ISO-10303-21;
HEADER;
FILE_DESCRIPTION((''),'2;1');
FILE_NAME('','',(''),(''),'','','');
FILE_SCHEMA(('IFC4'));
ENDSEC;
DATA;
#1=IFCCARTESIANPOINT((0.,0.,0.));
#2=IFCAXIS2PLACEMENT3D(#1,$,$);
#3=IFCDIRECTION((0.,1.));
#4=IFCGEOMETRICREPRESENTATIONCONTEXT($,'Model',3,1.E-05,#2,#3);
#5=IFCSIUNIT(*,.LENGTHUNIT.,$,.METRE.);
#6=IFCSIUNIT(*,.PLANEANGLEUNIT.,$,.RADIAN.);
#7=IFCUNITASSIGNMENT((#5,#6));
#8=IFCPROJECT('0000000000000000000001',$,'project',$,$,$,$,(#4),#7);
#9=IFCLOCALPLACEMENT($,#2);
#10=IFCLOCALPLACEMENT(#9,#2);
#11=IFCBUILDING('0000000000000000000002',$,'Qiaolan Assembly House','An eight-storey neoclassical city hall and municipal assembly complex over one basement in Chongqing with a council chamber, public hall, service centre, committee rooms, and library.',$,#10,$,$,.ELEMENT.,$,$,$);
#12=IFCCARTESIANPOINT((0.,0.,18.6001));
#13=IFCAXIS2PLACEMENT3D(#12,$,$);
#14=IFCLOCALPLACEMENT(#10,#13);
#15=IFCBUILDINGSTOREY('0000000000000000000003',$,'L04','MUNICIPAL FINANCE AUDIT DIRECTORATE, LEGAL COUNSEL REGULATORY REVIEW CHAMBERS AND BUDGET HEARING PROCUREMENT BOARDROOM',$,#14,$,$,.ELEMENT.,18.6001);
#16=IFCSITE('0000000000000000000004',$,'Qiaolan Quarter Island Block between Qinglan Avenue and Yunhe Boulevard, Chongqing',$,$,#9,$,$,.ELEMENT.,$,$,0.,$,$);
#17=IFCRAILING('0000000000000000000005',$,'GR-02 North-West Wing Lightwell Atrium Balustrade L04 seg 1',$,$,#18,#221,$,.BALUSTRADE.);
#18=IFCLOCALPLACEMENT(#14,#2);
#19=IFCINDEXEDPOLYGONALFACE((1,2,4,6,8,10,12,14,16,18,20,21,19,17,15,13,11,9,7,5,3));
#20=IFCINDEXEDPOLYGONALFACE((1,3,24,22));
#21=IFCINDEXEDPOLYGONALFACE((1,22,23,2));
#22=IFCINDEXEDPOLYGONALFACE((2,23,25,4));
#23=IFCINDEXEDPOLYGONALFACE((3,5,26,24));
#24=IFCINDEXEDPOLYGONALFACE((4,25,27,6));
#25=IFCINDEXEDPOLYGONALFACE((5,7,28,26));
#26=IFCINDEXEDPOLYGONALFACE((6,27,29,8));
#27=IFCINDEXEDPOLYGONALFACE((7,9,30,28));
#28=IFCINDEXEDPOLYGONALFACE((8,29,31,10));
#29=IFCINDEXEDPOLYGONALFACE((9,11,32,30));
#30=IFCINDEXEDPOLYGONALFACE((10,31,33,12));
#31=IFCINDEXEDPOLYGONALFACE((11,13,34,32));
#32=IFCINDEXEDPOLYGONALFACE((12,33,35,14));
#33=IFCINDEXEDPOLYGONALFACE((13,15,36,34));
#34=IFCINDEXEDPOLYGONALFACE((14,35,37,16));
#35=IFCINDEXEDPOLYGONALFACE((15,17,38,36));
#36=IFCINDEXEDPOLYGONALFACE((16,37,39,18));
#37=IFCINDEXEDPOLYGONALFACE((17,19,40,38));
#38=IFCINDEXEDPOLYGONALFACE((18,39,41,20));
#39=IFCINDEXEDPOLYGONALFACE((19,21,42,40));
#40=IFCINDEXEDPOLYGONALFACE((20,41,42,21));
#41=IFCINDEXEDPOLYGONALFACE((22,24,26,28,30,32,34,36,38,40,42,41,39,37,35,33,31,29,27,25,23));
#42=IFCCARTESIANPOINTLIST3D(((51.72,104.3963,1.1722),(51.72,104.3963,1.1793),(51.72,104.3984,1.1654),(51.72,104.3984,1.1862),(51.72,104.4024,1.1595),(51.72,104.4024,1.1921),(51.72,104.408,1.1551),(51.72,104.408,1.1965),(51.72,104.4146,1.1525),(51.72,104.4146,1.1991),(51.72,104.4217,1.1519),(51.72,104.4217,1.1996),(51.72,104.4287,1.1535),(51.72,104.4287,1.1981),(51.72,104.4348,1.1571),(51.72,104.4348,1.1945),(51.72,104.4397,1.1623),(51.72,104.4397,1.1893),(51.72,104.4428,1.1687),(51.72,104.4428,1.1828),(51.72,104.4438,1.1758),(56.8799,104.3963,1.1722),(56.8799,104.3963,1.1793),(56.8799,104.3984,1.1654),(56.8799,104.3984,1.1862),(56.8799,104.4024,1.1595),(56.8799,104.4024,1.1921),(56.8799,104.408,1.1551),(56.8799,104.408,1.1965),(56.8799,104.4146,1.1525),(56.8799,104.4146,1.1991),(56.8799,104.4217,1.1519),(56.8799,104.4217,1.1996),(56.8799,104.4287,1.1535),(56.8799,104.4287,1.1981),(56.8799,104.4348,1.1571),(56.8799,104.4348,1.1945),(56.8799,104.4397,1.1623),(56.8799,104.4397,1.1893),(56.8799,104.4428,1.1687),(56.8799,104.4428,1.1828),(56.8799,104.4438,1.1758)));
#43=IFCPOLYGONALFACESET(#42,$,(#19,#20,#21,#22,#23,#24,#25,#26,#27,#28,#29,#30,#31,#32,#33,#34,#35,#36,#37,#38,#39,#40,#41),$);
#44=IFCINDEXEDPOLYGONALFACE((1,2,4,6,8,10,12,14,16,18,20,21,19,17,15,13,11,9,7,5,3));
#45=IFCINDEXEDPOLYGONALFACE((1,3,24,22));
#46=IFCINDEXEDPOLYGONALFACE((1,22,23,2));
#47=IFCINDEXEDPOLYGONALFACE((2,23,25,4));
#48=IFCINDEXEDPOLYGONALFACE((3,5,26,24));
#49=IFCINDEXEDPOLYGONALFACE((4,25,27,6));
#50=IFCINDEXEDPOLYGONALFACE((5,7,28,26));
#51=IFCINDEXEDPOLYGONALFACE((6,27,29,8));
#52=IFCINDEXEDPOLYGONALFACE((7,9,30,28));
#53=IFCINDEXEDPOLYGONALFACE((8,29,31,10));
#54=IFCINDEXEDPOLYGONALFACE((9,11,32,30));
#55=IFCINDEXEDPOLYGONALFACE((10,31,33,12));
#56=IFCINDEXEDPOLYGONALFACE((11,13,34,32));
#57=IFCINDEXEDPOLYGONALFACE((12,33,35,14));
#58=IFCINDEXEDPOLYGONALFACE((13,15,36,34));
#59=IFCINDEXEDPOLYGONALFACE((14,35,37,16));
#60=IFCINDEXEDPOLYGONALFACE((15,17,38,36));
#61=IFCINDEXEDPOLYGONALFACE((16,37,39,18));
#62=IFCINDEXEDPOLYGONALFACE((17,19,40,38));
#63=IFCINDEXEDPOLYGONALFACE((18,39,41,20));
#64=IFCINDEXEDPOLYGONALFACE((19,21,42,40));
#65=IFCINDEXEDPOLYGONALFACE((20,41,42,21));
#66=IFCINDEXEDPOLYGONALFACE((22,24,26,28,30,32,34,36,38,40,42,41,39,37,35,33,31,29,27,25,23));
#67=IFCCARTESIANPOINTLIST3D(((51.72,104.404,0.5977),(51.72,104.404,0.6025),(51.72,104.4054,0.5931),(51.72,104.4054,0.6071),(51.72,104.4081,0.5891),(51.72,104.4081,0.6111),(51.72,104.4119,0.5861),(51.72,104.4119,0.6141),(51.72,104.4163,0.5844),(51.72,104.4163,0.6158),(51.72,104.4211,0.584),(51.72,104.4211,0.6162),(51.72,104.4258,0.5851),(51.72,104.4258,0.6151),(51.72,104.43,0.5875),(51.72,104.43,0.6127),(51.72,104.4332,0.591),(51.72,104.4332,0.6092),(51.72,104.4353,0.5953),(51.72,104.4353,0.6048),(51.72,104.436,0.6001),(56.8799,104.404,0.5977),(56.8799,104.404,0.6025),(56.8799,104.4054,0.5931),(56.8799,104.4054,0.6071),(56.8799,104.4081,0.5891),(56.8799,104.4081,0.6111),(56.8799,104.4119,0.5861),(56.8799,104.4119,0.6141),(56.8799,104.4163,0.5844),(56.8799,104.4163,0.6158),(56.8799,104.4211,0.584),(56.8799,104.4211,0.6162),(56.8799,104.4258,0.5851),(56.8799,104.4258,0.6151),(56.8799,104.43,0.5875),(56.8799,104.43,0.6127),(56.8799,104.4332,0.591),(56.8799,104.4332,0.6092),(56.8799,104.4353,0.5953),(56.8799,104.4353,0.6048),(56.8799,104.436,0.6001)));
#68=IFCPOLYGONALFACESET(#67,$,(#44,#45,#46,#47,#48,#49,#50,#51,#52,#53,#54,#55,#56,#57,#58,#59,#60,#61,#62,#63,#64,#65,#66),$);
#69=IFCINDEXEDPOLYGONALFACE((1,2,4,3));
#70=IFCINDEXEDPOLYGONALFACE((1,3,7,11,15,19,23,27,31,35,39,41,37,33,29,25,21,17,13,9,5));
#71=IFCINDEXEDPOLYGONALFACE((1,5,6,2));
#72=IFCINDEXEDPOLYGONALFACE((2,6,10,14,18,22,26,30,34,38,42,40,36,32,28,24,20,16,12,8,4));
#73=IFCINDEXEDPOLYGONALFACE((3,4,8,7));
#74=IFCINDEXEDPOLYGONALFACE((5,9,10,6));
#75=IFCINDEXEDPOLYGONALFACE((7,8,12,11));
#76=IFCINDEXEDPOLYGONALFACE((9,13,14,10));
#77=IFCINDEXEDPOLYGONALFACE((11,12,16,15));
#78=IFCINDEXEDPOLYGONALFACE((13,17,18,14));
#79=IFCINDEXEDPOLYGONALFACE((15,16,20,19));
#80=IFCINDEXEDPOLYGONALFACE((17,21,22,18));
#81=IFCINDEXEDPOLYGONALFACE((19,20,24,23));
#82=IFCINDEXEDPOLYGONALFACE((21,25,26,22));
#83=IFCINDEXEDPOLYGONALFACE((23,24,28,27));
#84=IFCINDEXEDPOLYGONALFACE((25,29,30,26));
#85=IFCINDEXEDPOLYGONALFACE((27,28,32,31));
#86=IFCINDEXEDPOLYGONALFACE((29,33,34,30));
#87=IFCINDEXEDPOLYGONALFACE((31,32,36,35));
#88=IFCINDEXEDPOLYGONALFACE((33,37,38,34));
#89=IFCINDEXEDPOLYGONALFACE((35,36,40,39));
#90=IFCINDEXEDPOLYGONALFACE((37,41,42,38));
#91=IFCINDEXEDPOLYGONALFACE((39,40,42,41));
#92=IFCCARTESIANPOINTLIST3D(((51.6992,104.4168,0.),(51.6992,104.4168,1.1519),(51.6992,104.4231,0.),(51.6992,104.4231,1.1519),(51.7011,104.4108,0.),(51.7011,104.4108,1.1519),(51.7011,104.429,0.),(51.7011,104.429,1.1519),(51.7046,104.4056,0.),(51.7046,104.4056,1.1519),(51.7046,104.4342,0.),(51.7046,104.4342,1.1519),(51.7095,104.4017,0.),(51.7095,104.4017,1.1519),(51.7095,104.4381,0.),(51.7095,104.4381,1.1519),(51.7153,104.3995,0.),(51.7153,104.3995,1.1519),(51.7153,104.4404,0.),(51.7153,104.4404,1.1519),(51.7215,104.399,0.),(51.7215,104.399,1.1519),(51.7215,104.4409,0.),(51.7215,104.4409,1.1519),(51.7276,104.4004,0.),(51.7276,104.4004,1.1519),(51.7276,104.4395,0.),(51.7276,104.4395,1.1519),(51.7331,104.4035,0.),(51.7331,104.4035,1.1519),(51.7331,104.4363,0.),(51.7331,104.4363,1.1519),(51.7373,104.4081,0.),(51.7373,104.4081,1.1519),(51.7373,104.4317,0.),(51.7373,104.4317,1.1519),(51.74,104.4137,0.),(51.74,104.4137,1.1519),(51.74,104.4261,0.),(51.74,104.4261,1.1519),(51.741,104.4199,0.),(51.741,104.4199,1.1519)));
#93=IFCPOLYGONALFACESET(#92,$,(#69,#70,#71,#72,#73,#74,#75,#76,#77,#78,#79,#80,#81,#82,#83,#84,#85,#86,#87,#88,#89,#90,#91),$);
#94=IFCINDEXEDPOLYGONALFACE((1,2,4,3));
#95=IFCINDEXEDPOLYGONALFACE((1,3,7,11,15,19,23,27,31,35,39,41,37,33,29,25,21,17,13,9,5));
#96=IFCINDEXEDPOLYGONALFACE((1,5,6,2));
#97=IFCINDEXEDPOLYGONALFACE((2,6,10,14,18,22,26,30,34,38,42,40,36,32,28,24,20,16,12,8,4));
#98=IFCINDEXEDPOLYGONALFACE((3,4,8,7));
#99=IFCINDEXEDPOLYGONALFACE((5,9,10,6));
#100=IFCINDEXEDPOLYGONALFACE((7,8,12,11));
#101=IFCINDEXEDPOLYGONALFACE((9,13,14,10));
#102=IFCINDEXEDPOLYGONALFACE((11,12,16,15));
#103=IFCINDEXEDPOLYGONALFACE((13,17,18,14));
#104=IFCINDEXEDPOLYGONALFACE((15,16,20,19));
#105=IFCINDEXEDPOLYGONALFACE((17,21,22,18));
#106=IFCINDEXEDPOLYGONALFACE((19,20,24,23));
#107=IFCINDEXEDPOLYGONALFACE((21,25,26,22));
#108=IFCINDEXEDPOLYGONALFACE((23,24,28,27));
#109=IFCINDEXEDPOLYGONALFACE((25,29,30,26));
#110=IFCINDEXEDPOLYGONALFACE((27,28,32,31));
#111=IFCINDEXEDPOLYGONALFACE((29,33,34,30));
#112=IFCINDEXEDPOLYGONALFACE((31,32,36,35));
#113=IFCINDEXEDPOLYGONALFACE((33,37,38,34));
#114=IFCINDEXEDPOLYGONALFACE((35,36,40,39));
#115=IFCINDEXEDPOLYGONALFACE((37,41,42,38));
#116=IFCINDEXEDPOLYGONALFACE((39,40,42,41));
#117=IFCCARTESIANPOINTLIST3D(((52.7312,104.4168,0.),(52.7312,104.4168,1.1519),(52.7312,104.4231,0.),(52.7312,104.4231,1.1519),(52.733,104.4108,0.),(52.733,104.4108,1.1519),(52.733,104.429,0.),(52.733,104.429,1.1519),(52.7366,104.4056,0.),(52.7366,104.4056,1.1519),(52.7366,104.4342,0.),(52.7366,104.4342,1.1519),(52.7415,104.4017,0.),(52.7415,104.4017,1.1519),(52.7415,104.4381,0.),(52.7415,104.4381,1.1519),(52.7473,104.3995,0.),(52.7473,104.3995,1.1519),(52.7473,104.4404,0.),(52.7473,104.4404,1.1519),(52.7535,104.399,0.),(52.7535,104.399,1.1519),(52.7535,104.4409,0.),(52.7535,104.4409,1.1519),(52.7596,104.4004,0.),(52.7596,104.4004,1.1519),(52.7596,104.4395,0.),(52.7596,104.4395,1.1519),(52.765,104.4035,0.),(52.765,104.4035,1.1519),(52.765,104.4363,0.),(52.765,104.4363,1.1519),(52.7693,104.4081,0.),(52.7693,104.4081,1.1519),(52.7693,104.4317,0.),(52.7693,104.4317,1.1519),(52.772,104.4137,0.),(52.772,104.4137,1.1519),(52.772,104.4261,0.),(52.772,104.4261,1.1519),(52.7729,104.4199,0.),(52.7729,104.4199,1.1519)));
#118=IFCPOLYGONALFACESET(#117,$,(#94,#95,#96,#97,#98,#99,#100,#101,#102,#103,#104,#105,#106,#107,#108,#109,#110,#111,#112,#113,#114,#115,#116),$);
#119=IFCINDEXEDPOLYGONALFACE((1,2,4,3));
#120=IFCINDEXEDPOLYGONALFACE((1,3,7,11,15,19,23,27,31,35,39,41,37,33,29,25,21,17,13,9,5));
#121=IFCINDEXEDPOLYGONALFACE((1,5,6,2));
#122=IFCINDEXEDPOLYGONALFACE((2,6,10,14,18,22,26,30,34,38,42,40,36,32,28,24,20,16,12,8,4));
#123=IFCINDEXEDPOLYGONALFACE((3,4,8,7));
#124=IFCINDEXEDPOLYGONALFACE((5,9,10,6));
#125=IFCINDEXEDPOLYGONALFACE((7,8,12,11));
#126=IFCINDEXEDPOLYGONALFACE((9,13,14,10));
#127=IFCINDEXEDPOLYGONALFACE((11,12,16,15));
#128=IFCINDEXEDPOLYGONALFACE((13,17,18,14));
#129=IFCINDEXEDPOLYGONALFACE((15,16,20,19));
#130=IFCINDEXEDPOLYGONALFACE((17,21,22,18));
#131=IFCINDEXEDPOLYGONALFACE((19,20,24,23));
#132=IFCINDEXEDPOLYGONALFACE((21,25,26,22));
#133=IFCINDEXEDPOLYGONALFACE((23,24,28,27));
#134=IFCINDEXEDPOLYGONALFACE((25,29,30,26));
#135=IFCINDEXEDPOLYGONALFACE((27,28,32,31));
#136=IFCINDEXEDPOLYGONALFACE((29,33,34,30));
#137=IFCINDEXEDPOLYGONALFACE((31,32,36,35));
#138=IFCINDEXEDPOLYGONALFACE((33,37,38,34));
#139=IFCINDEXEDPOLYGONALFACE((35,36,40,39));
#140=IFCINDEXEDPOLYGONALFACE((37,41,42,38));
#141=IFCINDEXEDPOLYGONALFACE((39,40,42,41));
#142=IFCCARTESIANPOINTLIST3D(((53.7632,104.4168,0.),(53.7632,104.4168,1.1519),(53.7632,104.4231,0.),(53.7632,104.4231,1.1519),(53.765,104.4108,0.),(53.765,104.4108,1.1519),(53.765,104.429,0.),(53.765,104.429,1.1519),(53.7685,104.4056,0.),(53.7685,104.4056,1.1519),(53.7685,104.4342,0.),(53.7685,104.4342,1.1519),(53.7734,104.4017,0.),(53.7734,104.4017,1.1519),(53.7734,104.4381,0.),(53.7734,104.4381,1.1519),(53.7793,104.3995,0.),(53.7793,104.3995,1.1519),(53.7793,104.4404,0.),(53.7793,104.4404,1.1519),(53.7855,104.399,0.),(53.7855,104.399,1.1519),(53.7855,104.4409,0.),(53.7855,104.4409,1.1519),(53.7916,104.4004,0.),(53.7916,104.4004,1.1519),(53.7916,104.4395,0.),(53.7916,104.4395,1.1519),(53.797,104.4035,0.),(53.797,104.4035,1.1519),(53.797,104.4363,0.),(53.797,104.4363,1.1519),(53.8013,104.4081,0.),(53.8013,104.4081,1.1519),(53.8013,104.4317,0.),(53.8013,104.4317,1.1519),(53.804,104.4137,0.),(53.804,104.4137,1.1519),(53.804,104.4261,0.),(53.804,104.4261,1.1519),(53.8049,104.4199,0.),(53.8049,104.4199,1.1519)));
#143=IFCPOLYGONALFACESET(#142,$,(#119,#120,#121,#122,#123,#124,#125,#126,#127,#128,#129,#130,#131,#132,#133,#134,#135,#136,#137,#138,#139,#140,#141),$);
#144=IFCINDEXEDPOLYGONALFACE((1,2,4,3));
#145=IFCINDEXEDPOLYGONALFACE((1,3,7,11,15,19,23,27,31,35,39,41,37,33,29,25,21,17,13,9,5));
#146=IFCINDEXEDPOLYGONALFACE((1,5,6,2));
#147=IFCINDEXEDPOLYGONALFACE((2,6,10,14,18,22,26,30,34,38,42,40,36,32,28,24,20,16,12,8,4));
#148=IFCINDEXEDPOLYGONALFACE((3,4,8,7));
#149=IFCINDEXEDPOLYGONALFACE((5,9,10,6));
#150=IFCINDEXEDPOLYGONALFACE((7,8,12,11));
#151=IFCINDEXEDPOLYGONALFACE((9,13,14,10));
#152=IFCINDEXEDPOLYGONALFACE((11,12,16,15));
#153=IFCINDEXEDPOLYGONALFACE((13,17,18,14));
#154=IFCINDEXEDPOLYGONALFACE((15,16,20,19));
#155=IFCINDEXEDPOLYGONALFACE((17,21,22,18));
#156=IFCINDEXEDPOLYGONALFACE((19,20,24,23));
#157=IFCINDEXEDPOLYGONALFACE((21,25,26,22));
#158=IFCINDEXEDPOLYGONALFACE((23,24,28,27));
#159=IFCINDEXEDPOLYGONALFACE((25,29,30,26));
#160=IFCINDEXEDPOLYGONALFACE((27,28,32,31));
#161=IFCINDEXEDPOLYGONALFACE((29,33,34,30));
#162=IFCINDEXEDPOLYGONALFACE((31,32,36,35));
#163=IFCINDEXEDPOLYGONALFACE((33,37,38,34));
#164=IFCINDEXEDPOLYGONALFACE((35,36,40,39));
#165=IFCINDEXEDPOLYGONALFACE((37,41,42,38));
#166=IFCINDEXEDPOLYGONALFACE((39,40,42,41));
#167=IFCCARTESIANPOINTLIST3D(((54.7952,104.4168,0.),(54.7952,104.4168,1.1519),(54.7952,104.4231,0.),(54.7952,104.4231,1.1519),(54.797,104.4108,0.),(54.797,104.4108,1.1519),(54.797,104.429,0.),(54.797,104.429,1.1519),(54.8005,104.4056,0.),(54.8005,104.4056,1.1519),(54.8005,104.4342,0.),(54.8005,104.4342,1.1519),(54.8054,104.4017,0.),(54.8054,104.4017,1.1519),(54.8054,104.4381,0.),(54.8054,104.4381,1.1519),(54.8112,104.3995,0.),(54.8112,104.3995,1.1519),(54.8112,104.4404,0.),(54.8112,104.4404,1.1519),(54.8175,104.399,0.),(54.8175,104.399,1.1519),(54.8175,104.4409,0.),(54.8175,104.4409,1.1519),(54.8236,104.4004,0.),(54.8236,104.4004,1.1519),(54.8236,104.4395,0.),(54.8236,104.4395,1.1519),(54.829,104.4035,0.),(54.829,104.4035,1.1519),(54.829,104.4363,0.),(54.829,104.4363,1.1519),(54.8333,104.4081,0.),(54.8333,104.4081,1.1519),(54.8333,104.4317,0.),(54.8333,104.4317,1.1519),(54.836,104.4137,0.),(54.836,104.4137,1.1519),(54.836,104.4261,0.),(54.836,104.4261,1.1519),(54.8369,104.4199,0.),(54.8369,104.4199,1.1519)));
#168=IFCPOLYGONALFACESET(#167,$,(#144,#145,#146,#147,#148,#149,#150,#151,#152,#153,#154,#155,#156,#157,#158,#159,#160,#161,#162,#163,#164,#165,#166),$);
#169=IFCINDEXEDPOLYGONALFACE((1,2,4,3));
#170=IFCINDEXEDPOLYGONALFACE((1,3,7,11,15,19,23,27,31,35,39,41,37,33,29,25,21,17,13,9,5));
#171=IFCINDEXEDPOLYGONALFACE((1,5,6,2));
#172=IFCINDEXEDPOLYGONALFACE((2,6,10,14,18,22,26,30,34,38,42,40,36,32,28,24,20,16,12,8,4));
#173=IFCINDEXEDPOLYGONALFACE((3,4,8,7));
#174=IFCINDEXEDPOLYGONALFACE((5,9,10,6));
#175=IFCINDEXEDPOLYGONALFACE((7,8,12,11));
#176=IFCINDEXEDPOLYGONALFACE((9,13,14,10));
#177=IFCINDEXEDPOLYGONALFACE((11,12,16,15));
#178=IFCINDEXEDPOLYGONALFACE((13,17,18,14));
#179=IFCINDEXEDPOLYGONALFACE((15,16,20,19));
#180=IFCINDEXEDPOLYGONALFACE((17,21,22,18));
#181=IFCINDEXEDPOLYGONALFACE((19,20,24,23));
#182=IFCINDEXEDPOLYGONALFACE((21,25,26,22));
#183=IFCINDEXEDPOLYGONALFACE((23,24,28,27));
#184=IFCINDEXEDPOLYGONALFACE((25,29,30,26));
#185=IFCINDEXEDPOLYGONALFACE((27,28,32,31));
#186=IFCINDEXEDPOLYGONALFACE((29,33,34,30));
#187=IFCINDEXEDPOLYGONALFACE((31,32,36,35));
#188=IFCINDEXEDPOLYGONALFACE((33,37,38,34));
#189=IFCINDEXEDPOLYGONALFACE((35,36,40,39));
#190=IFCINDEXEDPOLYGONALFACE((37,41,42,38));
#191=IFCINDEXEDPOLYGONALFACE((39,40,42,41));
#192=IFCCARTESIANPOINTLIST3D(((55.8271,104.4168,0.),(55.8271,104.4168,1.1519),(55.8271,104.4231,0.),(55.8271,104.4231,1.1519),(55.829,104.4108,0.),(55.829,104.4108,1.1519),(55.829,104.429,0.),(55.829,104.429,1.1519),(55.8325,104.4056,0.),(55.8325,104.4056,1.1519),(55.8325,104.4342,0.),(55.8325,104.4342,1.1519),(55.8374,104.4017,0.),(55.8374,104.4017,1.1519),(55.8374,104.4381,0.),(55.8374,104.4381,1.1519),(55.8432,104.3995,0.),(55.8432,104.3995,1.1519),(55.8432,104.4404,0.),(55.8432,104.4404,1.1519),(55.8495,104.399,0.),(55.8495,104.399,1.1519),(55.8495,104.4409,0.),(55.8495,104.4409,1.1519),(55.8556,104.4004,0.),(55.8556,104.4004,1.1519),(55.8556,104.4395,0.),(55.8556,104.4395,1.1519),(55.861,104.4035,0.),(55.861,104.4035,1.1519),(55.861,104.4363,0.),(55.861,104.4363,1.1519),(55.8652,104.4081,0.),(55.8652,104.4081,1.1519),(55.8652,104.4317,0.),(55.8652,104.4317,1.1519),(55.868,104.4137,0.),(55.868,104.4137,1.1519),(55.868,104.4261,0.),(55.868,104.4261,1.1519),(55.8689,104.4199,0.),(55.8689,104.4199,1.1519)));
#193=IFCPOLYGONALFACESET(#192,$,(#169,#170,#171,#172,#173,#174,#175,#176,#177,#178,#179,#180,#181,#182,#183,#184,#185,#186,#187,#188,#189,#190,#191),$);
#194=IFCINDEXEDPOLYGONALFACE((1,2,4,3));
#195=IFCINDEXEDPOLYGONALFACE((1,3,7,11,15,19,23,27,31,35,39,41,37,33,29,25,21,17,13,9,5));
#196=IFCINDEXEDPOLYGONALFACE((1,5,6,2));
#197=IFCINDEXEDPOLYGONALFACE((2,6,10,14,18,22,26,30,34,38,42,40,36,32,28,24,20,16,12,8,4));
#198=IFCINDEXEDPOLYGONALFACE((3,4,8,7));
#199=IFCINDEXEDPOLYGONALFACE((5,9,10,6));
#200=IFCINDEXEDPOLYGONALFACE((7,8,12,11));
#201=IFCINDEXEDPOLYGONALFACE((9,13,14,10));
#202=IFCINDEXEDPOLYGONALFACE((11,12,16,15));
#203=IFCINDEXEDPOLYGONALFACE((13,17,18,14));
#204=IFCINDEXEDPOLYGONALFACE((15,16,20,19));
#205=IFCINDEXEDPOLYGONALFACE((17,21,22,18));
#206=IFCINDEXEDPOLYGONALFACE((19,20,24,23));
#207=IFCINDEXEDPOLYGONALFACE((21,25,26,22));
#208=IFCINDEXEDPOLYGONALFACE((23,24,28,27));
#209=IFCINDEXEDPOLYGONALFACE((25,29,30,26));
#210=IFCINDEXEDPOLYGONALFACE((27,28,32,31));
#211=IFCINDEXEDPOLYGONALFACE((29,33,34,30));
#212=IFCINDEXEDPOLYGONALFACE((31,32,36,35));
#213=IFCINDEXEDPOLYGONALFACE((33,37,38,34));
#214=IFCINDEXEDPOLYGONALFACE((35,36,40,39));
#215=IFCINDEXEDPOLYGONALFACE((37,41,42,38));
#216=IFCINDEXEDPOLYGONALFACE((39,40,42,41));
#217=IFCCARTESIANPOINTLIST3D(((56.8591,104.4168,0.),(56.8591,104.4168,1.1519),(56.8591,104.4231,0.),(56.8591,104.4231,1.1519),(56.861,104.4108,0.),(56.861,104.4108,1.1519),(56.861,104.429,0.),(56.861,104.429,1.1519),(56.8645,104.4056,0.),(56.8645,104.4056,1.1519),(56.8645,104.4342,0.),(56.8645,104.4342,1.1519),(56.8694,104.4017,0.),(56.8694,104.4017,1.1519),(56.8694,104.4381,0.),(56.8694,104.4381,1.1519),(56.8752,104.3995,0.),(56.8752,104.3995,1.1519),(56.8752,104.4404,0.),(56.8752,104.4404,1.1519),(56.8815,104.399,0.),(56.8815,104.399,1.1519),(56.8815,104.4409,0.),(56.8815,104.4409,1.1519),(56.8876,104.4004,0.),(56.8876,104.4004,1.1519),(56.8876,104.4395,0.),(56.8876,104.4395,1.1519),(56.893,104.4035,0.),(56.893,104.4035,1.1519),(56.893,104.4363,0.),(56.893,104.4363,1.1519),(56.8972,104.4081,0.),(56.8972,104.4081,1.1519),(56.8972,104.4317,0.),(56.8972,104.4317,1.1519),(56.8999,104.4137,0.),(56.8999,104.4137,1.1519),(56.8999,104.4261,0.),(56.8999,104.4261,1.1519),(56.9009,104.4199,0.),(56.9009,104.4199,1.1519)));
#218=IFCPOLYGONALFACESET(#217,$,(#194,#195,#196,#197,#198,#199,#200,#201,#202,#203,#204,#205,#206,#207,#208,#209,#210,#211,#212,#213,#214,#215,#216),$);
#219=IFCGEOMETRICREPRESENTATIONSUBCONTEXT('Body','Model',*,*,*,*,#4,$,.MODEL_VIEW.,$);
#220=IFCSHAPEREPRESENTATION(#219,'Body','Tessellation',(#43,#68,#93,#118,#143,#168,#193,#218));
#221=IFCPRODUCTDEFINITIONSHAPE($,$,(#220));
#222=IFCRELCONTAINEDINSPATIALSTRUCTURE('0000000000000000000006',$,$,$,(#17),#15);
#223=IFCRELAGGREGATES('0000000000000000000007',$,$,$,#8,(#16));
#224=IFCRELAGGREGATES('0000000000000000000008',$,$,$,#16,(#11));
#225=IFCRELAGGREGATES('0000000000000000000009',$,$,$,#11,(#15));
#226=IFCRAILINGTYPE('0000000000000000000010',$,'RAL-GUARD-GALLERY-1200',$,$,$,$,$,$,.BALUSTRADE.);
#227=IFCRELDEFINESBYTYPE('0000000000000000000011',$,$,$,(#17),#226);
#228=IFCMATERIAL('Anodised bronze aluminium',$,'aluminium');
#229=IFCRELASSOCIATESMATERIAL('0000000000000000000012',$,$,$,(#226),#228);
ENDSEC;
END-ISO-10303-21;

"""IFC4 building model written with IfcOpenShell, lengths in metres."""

from ifc_helpers import new_model, si_unit, direction, frame, origin, origin_2d, place, context, subcontext, project, spatial, circle, extrude, material, type_object, element, save


model = new_model("IFC4")

# Units and contexts
model_context = context("Model", 3, precision=1e-05, world=origin(), true_north=direction((0.0, 1.0)))
body_context = subcontext(model_context, "Body", "Model", "MODEL_VIEW")
ifc_project = project(units=[si_unit("LENGTHUNIT", "METRE"), si_unit("PLANEANGLEUNIT", "RADIAN")], contexts=[model_context])

# Site, building, storey
site_placement = place(None, origin())
site = spatial("IfcSite", under=ifc_project, at=site_placement, Name="Qiaolan Quarter Island Block between Qinglan Avenue and Yunhe Boulevard, Chongqing", CompositionType="ELEMENT", RefElevation=0.0)
building_placement = place(site_placement, origin())
building = spatial("IfcBuilding", under=site, at=building_placement, Name="Qiaolan Assembly House", Description="An eight-storey neoclassical city hall and municipal assembly complex over one basement in Chongqing with a council chamber, public hall, service centre, committee rooms, and library.", CompositionType="ELEMENT")
storey_placement = place(building_placement, frame((0.0, 0.0, 18.6001)))
storey = spatial("IfcBuildingStorey", under=building, at=storey_placement, Name="L04", Description="MUNICIPAL FINANCE AUDIT DIRECTORATE, LEGAL COUNSEL REGULATORY REVIEW CHAMBERS AND BUDGET HEARING PROCUREMENT BOARDROOM", CompositionType="ELEMENT", Elevation=18.6001)

# Railing
ifc_material_1 = material(Name="Anodised bronze aluminium", Category="aluminium")
railing_type = type_object("IfcRailingType", Name="RAL-GUARD-GALLERY-1200", PredefinedType="BALUSTRADE", material=ifc_material_1)
railing_1_placement = place(storey_placement, frame((51.72, 104.4199, 0.0)))
element("IfcRailing", 1, at=railing_1_placement, inside=storey, type_object=railing_type, Name="GR-02 North-West Wing Lightwell Atrium Balustrade L04 seg 1", PredefinedType="BALUSTRADE", context=body_context, shape_type="SweptSolid", body=[
    extrude(circle(Radius=0.0239, at=origin_2d()), frame((0.0, 0.0, 1.1758), z_axis=(1.0, 0.0, 0.0), x_axis=(0.0, 1.0, 0.0)), (0.0, 0.0, 1.0), 5.1599),
    extrude(circle(Radius=0.0161, at=origin_2d()), frame((0.0, 0.0, 0.6001), z_axis=(1.0, 0.0, 0.0), x_axis=(0.0, 1.0, 0.0)), (0.0, 0.0, 1.0), 5.1599),
    extrude(circle(Radius=0.021, at=origin_2d()), origin(), (0.0, 0.0, 1.0), 1.1519),
    extrude(circle(Radius=0.021, at=origin_2d()), frame((1.032, 0.0, 0.0)), (0.0, 0.0, 1.0), 1.1519),
    extrude(circle(Radius=0.021, at=origin_2d()), frame((2.064, 0.0, 0.0)), (0.0, 0.0, 1.0), 1.1519),
    extrude(circle(Radius=0.021, at=origin_2d()), frame((3.0959, 0.0, 0.0)), (0.0, 0.0, 1.0), 1.1519),
    extrude(circle(Radius=0.021, at=origin_2d()), frame((4.1279, 0.0, 0.0)), (0.0, 0.0, 1.0), 1.1519),
    extrude(circle(Radius=0.021, at=origin_2d()), frame((5.1599, 0.0, 0.0)), (0.0, 0.0, 1.0), 1.1519),
])

save(model, "model.ifc")
